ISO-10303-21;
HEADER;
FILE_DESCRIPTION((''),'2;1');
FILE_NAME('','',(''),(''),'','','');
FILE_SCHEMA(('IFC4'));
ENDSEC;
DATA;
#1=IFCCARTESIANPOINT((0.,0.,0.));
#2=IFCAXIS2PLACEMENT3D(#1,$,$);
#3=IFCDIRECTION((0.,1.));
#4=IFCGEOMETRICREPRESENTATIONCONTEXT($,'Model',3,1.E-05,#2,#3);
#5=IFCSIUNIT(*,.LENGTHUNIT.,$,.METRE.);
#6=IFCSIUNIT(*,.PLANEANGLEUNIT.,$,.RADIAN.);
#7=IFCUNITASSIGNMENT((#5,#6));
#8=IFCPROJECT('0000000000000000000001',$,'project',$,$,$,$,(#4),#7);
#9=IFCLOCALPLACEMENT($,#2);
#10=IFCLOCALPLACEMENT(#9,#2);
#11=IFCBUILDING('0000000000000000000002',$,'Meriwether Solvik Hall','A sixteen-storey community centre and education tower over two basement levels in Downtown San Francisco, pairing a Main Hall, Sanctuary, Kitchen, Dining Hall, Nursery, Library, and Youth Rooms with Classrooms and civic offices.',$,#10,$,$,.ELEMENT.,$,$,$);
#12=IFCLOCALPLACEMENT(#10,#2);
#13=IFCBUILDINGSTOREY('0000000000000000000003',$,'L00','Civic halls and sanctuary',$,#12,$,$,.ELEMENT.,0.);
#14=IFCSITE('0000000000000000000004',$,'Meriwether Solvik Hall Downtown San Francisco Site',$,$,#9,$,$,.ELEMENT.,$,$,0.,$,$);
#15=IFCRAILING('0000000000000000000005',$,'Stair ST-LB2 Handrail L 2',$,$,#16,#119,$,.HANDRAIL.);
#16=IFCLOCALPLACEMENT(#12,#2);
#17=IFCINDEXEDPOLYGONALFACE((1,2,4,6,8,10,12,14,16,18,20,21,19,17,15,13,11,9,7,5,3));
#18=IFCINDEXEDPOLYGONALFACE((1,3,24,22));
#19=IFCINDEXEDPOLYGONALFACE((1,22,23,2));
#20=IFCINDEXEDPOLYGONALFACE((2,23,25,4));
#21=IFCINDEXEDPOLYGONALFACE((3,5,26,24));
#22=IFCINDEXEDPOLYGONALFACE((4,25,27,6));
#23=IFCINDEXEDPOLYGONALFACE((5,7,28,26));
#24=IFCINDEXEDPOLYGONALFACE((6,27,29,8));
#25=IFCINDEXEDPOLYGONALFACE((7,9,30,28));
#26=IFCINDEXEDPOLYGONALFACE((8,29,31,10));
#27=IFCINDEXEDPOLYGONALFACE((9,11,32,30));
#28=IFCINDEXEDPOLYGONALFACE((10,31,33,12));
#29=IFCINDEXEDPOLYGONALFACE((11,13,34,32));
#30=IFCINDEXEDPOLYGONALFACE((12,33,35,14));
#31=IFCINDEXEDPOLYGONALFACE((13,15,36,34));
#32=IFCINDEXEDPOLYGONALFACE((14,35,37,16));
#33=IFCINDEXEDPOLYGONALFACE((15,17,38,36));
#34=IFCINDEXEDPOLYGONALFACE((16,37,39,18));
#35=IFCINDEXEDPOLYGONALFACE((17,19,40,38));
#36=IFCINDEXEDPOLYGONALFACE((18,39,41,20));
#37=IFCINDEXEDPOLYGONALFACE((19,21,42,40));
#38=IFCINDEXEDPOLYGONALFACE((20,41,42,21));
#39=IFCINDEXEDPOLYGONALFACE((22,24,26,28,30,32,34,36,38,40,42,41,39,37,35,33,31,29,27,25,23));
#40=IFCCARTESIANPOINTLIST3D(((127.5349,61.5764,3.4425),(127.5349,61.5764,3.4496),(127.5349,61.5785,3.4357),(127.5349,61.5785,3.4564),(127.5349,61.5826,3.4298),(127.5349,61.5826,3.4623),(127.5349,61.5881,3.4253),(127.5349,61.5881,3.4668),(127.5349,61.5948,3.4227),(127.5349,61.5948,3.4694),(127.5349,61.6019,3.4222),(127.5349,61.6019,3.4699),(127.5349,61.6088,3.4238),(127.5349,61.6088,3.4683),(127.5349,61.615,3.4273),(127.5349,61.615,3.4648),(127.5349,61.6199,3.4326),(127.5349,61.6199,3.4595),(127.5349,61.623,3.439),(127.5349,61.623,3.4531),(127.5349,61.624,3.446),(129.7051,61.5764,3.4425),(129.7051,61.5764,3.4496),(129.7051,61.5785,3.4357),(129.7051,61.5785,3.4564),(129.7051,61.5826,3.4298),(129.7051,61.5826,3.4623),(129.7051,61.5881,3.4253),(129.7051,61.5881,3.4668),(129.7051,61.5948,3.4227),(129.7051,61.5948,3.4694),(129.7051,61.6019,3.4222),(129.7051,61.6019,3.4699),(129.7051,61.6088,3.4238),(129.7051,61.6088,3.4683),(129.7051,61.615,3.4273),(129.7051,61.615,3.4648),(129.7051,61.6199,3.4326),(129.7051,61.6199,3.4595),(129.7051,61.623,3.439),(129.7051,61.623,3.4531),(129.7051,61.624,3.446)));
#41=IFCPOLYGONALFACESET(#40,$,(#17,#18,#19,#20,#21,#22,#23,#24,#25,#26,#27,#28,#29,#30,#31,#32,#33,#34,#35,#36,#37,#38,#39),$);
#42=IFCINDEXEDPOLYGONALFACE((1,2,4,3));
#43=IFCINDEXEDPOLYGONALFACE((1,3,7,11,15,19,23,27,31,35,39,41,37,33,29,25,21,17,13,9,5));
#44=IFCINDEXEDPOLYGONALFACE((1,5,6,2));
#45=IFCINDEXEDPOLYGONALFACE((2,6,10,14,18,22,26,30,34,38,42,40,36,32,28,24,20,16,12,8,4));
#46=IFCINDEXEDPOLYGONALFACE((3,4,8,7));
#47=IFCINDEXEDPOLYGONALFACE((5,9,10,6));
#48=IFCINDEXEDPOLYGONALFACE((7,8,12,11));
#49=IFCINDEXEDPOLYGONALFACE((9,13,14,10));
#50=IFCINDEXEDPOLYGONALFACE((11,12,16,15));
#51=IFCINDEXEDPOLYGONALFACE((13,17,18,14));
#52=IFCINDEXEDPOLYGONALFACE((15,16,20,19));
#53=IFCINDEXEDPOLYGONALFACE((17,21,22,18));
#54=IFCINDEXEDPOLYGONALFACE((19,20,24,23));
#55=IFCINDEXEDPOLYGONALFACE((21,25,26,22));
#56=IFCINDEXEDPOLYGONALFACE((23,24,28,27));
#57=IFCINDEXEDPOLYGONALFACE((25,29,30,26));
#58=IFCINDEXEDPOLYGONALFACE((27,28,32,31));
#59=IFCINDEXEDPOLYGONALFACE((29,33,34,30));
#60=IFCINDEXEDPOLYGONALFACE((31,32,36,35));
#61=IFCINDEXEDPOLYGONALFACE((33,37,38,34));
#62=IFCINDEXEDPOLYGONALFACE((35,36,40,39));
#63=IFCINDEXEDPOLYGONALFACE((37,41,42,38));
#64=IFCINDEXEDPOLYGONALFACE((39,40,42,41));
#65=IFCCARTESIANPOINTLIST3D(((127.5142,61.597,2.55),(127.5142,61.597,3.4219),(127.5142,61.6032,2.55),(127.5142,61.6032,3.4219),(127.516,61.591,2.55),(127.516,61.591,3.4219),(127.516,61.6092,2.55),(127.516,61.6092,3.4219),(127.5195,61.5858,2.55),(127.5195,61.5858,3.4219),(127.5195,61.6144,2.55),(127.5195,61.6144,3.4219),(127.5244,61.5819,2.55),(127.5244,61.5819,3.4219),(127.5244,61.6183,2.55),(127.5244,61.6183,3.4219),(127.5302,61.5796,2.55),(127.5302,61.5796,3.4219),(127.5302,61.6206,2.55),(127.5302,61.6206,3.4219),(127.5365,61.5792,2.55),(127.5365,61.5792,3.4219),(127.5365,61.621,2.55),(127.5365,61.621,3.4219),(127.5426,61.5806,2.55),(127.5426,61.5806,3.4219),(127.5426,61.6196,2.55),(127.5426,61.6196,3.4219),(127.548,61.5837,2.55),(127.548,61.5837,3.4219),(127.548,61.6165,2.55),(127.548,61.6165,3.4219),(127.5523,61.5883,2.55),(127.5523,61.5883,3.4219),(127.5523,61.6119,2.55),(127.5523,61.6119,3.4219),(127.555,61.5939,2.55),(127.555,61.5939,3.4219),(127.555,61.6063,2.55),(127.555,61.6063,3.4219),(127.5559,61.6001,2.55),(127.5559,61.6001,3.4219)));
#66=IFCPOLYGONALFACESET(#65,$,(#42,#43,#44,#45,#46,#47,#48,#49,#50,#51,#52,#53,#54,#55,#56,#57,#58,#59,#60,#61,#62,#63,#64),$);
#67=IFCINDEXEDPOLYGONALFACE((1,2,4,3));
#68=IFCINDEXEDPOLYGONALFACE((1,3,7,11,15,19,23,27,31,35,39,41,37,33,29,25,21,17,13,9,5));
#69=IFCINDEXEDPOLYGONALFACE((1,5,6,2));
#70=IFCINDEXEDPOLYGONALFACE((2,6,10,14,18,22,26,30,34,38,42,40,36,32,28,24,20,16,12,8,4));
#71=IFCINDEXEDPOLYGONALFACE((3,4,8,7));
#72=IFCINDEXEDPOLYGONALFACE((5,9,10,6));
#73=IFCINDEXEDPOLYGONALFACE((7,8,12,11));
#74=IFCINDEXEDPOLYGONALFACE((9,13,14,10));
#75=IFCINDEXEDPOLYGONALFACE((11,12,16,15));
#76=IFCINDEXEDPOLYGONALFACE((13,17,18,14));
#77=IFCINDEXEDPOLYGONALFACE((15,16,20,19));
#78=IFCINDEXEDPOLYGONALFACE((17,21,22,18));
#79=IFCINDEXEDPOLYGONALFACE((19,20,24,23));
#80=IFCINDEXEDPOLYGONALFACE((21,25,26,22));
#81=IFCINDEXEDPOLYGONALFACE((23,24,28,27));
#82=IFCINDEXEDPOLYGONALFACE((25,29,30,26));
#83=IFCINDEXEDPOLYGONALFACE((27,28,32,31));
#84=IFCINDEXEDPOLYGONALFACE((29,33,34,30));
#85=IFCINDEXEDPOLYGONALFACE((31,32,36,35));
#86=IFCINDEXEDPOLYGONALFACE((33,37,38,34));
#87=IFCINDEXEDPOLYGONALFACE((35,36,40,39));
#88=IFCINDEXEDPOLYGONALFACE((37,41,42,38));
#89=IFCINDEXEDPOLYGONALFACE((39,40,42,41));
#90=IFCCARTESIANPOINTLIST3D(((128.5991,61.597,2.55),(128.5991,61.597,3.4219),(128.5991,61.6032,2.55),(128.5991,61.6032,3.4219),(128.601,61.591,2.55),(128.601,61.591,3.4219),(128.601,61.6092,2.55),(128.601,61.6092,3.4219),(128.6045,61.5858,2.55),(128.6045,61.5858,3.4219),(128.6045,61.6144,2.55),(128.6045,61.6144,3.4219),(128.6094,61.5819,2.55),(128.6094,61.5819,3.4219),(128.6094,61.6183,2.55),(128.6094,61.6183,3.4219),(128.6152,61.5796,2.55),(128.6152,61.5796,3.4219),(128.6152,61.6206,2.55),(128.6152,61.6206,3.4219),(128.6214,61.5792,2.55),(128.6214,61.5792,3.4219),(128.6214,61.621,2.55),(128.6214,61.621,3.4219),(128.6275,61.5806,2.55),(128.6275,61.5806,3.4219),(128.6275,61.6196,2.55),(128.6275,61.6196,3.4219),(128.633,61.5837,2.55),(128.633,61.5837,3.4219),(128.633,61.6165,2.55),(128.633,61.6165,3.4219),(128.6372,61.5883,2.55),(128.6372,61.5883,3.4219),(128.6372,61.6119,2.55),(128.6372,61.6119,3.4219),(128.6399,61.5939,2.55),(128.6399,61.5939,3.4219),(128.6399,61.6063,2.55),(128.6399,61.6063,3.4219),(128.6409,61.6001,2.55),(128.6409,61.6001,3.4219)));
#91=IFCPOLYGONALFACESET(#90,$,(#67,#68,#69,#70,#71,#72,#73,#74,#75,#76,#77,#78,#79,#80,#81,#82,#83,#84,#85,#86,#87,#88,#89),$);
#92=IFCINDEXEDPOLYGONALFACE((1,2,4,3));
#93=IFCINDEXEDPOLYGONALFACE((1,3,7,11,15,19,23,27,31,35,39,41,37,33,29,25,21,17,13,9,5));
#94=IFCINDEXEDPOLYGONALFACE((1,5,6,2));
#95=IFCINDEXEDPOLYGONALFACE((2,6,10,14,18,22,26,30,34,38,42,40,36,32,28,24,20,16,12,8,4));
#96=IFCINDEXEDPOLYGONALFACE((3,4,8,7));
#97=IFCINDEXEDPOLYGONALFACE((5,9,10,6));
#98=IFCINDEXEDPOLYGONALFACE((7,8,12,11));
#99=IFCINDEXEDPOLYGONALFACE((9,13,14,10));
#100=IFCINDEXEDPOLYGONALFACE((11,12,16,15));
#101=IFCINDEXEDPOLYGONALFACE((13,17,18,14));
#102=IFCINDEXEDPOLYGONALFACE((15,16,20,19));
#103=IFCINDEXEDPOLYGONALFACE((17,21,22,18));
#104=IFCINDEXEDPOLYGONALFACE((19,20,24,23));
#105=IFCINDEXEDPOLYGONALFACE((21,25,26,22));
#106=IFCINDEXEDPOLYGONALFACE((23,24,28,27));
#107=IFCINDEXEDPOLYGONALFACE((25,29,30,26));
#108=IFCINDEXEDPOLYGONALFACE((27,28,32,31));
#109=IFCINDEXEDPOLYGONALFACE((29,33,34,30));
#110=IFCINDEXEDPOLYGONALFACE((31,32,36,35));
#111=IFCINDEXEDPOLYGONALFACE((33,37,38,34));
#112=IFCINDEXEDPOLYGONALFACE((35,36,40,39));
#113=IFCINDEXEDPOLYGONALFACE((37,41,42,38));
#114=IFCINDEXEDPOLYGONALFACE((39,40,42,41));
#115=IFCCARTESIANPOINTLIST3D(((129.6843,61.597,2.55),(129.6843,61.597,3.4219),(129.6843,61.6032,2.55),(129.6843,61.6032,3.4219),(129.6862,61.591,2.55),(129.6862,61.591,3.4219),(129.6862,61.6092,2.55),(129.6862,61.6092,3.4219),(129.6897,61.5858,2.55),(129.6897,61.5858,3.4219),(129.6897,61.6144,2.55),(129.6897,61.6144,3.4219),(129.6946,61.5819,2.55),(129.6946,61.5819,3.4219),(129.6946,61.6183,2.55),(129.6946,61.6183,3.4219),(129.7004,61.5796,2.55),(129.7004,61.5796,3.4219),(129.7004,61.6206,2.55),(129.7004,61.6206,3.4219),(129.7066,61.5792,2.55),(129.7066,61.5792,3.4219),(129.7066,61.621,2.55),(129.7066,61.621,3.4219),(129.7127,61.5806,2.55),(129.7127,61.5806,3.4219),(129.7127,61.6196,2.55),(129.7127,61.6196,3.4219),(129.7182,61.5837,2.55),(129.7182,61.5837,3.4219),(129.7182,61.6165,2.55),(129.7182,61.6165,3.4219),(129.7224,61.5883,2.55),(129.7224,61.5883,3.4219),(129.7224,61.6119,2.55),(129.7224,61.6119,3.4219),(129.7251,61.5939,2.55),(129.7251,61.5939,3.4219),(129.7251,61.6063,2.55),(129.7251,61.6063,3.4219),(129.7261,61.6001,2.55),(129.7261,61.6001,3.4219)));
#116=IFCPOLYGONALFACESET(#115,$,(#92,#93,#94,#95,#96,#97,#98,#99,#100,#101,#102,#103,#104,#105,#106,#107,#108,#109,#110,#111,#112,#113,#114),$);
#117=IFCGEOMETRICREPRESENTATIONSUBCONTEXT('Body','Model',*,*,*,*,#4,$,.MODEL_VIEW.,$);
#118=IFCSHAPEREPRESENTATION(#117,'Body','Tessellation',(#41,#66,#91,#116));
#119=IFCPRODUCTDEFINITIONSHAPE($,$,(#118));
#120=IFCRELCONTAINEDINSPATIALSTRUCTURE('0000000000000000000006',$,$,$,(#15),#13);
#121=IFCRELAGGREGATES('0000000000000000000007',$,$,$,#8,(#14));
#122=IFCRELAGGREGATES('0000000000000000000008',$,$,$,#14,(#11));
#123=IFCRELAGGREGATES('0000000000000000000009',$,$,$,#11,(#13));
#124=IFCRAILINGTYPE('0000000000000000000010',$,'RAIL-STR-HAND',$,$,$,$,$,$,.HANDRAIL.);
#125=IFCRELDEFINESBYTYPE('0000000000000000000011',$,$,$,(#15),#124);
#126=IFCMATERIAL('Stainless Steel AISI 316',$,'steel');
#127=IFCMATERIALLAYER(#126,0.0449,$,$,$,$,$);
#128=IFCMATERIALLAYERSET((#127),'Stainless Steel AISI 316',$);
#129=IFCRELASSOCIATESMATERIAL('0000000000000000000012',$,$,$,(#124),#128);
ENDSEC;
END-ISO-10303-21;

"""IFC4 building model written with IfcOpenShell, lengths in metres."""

from ifc_helpers import new_model, si_unit, direction, frame, origin, origin_2d, place, context, subcontext, project, spatial, circle, extrude, material, layer, layer_set, type_object, element, save


model = new_model("IFC4")

# Units and contexts
model_context = context("Model", 3, precision=1e-05, world=origin(), true_north=direction((0.0, 1.0)))
body_context = subcontext(model_context, "Body", "Model", "MODEL_VIEW")
ifc_project = project(units=[si_unit("LENGTHUNIT", "METRE"), si_unit("PLANEANGLEUNIT", "RADIAN")], contexts=[model_context])

# Site, building, storey
site_placement = place(None, origin())
site = spatial("IfcSite", under=ifc_project, at=site_placement, Name="Meriwether Solvik Hall Downtown San Francisco Site", CompositionType="ELEMENT", RefElevation=0.0)
building_placement = place(site_placement, origin())
building = spatial("IfcBuilding", under=site, at=building_placement, Name="Meriwether Solvik Hall", Description="A sixteen-storey community centre and education tower over two basement levels in Downtown San Francisco, pairing a Main Hall, Sanctuary, Kitchen, Dining Hall, Nursery, Library, and Youth Rooms with Classrooms and civic offices.", CompositionType="ELEMENT")
storey_placement = place(building_placement, origin())
storey = spatial("IfcBuildingStorey", under=building, at=storey_placement, Name="L00", Description="Civic halls and sanctuary", CompositionType="ELEMENT", Elevation=0.0)

# Railing
ifc_material_1 = material(Name="Stainless Steel AISI 316", Category="steel")
ifc_layer_1 = layer(ifc_material_1, 0.0449)
ifc_layer_set_1 = layer_set([ifc_layer_1], Name="Stainless Steel AISI 316")
railing_type_1 = type_object("IfcRailingType", Name="RAIL-STR-HAND", PredefinedType="HANDRAIL", material=ifc_layer_set_1)
railing_1_placement = place(storey_placement, frame((127.5349, 61.6001, 2.55)))
element("IfcRailing", 1, at=railing_1_placement, inside=storey, type_object=railing_type_1, Name="Stair ST-LB2 Handrail L 2", PredefinedType="HANDRAIL", context=body_context, shape_type="SweptSolid", body=[
    extrude(circle(Radius=0.0239, at=origin_2d()), frame((0.0, 0.0, 0.896), z_axis=(1.0, 0.0, 0.0), x_axis=(0.0, 1.0, 0.0)), (0.0, 0.0, 1.0), 2.1702),
    extrude(circle(Radius=0.021, at=origin_2d()), origin(), (0.0, 0.0, 1.0), 0.8718),
    extrude(circle(Radius=0.021, at=origin_2d()), frame((1.085, 0.0, 0.0)), (0.0, 0.0, 1.0), 0.8718),
    extrude(circle(Radius=0.021, at=origin_2d()), frame((2.1702, 0.0, 0.0)), (0.0, 0.0, 1.0), 0.8718),
])

save(model, "model.ifc")
